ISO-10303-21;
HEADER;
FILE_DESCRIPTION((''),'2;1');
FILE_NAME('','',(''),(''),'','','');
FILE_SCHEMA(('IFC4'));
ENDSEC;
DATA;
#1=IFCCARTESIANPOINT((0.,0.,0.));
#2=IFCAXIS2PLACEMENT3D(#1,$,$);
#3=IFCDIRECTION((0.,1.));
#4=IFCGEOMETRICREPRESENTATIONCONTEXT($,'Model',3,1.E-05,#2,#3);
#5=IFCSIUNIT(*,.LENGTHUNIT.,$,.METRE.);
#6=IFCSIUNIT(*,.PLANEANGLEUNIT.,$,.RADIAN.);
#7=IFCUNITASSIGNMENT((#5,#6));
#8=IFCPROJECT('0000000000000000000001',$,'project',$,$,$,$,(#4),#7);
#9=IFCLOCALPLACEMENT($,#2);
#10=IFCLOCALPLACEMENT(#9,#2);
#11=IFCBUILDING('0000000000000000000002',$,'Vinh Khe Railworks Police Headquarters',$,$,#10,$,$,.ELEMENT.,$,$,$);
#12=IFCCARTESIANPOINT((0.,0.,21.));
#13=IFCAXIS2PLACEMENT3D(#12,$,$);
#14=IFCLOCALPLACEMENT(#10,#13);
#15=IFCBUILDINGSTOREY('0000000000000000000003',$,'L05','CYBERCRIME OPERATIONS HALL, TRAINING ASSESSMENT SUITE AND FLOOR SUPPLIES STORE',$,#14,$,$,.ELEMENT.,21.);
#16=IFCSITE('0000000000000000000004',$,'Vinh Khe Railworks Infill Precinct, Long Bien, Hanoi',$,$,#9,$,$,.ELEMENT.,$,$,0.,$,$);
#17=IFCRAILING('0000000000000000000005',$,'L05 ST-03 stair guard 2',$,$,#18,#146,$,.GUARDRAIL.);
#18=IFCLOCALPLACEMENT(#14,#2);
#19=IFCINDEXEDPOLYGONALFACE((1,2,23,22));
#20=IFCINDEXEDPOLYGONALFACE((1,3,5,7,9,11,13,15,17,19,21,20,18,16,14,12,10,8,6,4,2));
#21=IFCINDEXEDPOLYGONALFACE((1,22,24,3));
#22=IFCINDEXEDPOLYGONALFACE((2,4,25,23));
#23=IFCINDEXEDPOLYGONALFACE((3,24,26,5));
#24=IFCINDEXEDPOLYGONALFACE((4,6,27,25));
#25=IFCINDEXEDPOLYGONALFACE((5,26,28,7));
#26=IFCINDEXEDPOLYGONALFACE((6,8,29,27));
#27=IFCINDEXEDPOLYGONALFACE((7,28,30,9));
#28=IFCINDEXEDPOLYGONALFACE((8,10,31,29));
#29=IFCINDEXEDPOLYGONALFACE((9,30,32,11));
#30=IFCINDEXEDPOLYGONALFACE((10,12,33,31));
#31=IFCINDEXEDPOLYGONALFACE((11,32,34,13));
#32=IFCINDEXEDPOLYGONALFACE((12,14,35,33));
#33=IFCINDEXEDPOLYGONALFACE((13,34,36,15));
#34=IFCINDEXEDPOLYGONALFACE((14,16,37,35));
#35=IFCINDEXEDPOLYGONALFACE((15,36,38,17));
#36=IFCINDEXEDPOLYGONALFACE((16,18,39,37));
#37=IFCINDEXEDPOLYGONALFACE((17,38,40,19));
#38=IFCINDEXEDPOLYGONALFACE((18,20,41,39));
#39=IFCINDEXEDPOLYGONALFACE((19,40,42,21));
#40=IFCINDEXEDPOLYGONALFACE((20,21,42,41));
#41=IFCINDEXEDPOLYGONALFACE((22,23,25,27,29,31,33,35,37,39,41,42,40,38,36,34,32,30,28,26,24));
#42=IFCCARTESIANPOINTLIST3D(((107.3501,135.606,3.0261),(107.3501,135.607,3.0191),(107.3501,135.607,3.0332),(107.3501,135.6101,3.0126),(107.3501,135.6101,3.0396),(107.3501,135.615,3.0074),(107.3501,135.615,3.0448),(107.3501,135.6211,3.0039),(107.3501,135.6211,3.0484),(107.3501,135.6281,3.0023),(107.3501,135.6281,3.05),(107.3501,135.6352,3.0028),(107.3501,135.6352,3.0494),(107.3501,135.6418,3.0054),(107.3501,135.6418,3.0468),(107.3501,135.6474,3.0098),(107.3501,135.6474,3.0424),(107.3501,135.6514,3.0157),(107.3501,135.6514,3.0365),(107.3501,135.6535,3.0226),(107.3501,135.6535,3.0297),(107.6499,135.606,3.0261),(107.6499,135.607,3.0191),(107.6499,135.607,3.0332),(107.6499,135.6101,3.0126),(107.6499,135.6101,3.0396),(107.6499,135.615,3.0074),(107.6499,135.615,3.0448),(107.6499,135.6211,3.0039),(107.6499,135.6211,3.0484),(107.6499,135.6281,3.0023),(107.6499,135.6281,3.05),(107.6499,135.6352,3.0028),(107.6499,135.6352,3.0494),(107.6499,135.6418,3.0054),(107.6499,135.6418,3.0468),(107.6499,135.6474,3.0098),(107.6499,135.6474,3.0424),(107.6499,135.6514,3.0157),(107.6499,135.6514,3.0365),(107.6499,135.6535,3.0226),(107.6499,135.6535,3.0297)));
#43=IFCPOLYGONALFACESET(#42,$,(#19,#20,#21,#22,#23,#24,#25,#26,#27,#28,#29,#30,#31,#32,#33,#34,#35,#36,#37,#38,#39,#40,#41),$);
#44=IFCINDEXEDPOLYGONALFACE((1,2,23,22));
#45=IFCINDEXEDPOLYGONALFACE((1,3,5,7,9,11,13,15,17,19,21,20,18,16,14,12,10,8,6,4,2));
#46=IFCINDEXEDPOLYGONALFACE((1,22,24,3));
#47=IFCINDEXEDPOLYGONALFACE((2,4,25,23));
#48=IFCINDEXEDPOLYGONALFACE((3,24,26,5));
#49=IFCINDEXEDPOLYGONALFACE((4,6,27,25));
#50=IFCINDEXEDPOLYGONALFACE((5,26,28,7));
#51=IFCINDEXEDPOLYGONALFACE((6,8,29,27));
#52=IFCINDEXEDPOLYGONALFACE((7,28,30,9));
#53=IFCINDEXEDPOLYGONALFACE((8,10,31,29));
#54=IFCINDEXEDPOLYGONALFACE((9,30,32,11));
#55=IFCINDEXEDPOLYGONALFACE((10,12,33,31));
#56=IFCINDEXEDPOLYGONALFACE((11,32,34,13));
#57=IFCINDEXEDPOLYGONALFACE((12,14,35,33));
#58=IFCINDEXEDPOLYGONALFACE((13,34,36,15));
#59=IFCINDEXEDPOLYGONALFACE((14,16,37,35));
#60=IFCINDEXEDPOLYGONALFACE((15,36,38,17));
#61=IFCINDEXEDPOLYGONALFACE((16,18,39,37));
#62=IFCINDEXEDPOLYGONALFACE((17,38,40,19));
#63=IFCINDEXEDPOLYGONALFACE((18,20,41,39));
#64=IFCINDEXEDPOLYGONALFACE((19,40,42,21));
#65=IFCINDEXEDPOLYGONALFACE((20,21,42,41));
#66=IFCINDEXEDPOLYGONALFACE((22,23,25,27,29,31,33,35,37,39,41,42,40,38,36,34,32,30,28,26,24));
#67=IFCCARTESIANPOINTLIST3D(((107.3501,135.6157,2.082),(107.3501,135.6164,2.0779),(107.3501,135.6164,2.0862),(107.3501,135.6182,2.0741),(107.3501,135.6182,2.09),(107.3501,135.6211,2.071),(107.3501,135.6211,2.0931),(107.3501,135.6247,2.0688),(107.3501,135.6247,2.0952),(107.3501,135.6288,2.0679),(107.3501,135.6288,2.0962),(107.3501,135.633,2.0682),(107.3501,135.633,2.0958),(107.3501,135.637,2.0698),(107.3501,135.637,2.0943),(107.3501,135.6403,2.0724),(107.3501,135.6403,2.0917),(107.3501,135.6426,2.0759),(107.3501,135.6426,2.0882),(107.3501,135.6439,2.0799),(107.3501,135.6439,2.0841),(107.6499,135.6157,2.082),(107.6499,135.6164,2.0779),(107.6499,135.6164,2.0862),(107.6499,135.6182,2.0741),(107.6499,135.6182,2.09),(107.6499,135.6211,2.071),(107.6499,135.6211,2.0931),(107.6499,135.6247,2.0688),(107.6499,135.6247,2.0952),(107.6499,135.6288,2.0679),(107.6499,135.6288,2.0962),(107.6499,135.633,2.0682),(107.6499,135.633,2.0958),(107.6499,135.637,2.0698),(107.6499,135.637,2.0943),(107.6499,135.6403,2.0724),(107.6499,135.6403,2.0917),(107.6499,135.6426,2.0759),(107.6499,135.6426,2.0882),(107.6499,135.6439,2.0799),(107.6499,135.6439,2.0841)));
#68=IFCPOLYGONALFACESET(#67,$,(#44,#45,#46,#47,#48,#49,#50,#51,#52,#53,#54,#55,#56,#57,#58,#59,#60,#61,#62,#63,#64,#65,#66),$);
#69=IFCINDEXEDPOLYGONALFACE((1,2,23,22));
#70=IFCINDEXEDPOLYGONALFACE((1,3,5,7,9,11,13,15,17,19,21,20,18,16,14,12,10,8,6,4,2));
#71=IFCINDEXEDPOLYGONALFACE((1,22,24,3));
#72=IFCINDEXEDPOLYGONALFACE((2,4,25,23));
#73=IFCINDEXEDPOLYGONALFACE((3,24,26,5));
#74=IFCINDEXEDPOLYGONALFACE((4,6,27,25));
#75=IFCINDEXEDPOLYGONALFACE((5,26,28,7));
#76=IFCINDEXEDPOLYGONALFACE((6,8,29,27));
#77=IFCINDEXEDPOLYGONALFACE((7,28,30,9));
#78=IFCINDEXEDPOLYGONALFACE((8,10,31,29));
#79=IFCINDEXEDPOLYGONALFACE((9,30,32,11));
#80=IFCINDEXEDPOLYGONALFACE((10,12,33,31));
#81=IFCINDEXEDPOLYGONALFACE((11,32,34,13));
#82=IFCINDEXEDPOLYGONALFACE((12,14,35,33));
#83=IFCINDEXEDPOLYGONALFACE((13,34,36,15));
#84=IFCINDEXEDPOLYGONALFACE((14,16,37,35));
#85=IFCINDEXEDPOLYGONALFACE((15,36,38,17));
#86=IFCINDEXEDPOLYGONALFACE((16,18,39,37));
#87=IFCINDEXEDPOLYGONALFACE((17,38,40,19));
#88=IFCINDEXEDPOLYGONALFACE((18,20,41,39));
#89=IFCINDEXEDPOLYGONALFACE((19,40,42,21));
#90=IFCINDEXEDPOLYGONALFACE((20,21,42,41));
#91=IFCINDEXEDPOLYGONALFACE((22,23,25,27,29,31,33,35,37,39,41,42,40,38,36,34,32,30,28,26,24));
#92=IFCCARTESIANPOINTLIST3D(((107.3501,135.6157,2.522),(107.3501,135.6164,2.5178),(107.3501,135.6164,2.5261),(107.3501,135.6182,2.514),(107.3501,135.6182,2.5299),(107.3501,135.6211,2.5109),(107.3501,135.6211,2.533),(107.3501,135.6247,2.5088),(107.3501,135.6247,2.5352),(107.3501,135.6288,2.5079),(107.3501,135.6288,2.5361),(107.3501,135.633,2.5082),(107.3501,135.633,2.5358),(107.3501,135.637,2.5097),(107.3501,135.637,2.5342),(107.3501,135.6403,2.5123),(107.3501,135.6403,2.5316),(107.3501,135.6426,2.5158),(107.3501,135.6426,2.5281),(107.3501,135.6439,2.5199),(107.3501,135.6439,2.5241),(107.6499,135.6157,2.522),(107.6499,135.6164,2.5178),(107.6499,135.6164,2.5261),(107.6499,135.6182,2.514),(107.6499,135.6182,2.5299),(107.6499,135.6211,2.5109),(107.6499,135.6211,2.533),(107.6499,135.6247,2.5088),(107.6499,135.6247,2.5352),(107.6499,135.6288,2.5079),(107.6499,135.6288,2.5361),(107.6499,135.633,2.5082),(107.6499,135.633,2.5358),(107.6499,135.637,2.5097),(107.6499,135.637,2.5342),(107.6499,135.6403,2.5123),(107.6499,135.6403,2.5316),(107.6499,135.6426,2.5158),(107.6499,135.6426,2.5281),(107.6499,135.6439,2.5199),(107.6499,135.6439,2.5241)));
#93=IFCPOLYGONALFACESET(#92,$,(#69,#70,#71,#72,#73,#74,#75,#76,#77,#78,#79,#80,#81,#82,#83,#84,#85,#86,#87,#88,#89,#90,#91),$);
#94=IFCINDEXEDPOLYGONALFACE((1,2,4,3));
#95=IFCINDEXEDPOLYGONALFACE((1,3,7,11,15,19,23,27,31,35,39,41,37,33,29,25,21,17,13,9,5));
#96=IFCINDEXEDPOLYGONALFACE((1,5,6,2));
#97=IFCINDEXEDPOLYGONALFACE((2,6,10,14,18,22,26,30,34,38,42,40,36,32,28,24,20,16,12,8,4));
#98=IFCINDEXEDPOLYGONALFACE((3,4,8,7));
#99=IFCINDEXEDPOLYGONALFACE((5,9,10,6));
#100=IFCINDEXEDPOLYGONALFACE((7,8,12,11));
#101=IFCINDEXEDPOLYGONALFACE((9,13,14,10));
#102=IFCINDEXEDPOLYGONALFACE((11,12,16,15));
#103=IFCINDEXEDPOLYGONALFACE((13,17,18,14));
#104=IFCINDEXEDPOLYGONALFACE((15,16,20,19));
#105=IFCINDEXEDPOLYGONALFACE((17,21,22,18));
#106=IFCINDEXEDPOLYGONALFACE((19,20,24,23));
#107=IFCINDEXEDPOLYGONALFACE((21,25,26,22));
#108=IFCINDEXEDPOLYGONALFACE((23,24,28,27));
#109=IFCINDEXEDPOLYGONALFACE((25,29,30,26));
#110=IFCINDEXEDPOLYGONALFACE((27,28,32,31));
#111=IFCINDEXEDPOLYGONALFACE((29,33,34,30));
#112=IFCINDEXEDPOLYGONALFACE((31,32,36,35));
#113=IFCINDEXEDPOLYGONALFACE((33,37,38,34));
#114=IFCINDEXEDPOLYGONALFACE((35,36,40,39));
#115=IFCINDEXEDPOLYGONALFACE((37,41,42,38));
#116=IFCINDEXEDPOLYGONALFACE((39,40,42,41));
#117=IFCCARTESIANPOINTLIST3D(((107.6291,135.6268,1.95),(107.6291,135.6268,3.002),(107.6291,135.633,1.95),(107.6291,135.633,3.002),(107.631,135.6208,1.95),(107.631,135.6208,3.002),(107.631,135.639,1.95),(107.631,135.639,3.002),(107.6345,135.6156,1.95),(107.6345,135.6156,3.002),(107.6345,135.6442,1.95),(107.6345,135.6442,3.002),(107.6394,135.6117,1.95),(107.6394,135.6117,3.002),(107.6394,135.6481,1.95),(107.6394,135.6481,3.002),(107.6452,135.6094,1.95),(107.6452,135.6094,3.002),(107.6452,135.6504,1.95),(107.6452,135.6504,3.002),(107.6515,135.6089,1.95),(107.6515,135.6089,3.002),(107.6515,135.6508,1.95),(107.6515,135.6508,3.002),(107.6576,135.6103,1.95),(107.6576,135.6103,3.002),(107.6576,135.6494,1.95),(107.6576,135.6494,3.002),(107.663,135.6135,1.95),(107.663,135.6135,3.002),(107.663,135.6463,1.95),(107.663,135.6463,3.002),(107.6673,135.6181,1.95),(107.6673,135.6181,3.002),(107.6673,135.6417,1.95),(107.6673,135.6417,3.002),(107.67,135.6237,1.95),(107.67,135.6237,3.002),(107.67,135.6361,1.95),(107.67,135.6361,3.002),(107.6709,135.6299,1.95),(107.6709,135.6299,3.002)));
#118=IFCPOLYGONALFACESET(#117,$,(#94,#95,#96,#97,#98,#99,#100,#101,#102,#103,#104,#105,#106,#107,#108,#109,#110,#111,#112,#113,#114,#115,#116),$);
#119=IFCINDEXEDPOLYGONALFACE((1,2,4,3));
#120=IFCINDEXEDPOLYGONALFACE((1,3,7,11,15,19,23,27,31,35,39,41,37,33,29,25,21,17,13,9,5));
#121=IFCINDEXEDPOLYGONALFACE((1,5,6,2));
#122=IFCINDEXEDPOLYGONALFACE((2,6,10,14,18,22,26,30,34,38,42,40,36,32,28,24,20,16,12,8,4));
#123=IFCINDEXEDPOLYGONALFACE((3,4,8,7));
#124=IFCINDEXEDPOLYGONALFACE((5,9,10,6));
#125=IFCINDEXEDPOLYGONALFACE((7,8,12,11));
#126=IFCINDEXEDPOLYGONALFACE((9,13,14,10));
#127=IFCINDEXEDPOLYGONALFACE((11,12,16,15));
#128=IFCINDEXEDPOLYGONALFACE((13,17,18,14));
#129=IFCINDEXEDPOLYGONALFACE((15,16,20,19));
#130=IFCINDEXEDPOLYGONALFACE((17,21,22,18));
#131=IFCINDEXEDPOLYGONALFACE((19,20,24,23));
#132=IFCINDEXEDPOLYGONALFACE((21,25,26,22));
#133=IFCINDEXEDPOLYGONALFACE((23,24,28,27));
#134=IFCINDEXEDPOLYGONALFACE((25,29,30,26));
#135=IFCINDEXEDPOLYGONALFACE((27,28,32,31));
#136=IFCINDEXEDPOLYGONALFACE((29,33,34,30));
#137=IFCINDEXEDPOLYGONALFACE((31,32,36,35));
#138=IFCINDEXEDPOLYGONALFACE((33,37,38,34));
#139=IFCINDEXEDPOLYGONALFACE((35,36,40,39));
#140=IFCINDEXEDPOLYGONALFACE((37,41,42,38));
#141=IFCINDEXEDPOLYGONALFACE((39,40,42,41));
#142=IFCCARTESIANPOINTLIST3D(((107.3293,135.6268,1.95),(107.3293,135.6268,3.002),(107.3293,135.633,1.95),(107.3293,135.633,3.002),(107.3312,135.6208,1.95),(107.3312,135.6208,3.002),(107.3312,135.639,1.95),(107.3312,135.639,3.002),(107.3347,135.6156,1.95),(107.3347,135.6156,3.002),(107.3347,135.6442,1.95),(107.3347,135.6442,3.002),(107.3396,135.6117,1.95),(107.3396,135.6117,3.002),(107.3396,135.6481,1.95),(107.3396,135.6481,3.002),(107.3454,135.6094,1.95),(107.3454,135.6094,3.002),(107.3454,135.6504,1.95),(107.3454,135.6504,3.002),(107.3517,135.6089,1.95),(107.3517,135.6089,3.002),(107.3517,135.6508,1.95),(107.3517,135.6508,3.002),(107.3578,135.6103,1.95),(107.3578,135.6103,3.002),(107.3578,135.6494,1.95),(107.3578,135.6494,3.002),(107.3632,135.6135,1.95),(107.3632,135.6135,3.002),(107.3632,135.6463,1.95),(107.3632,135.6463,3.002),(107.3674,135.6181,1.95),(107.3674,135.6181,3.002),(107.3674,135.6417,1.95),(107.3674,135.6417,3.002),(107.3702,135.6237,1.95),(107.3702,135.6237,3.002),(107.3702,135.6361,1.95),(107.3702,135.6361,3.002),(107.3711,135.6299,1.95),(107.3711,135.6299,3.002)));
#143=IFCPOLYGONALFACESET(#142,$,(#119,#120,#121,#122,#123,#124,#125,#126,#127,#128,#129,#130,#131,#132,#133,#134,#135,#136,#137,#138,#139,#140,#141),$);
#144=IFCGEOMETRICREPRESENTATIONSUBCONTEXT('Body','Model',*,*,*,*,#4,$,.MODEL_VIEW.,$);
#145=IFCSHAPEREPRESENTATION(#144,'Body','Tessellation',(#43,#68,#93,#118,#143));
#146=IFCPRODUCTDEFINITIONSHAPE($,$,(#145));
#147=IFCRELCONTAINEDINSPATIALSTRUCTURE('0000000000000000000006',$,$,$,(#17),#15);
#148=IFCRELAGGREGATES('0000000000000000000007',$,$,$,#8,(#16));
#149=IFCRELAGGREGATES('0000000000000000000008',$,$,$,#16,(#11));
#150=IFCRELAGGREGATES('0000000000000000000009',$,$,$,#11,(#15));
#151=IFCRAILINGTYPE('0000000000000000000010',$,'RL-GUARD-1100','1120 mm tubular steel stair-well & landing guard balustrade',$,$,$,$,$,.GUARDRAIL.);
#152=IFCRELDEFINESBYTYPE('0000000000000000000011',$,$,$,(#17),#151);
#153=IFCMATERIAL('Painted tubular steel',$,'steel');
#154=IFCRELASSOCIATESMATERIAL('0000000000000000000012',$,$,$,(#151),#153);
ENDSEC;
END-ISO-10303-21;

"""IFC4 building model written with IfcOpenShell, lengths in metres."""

from ifc_helpers import new_model, si_unit, direction, frame, origin, origin_2d, place, context, subcontext, project, spatial, circle, extrude, material, type_object, element, save


model = new_model("IFC4")

# Units and contexts
model_context = context("Model", 3, precision=1e-05, world=origin(), true_north=direction((0.0, 1.0)))
body_context = subcontext(model_context, "Body", "Model", "MODEL_VIEW")
ifc_project = project(units=[si_unit("LENGTHUNIT", "METRE"), si_unit("PLANEANGLEUNIT", "RADIAN")], contexts=[model_context])

# Site, building, storey
site_placement = place(None, origin())
site = spatial("IfcSite", under=ifc_project, at=site_placement, Name="Vinh Khe Railworks Infill Precinct, Long Bien, Hanoi", CompositionType="ELEMENT", RefElevation=0.0)
building_placement = place(site_placement, origin())
building = spatial("IfcBuilding", under=site, at=building_placement, Name="Vinh Khe Railworks Police Headquarters", CompositionType="ELEMENT")
storey_placement = place(building_placement, frame((0.0, 0.0, 21.0)))
storey = spatial("IfcBuildingStorey", under=building, at=storey_placement, Name="L05", Description="CYBERCRIME OPERATIONS HALL, TRAINING ASSESSMENT SUITE AND FLOOR SUPPLIES STORE", CompositionType="ELEMENT", Elevation=21.0)

# Railing
ifc_material_1 = material(Name="Painted tubular steel", Category="steel")
railing_type_1 = type_object("IfcRailingType", Name="RL-GUARD-1100", Description="1120 mm tubular steel stair-well & landing guard balustrade", PredefinedType="GUARDRAIL", material=ifc_material_1)
railing_1_placement = place(storey_placement, frame((107.6499, 135.6299, 1.95)))
element("IfcRailing", 1, at=railing_1_placement, inside=storey, type_object=railing_type_1, Name="L05 ST-03 stair guard 2", PredefinedType="GUARDRAIL", context=body_context, shape_type="SweptSolid", body=[
    extrude(circle(Radius=0.0239, at=origin_2d()), frame((0.0, 0.0, 1.0762), z_axis=(-1.0, 0.0, 0.0), x_axis=(0.0, -1.0, 0.0)), (0.0, 0.0, 1.0), 0.2998),
    extrude(circle(Radius=0.0142, at=origin_2d()), frame((0.0, 0.0, 0.1321), z_axis=(-1.0, 0.0, 0.0), x_axis=(0.0, -1.0, 0.0)), (0.0, 0.0, 1.0), 0.2998),
    extrude(circle(Radius=0.0142, at=origin_2d()), frame((0.0, 0.0, 0.572), z_axis=(-1.0, 0.0, 0.0), x_axis=(0.0, -1.0, 0.0)), (0.0, 0.0, 1.0), 0.2998),
    extrude(circle(Radius=0.021, at=origin_2d()), origin(), (0.0, 0.0, 1.0), 1.052),
    extrude(circle(Radius=0.021, at=origin_2d()), frame((-0.2998, 0.0, 0.0)), (0.0, 0.0, 1.0), 1.052),
])

save(model, "model.ifc")
